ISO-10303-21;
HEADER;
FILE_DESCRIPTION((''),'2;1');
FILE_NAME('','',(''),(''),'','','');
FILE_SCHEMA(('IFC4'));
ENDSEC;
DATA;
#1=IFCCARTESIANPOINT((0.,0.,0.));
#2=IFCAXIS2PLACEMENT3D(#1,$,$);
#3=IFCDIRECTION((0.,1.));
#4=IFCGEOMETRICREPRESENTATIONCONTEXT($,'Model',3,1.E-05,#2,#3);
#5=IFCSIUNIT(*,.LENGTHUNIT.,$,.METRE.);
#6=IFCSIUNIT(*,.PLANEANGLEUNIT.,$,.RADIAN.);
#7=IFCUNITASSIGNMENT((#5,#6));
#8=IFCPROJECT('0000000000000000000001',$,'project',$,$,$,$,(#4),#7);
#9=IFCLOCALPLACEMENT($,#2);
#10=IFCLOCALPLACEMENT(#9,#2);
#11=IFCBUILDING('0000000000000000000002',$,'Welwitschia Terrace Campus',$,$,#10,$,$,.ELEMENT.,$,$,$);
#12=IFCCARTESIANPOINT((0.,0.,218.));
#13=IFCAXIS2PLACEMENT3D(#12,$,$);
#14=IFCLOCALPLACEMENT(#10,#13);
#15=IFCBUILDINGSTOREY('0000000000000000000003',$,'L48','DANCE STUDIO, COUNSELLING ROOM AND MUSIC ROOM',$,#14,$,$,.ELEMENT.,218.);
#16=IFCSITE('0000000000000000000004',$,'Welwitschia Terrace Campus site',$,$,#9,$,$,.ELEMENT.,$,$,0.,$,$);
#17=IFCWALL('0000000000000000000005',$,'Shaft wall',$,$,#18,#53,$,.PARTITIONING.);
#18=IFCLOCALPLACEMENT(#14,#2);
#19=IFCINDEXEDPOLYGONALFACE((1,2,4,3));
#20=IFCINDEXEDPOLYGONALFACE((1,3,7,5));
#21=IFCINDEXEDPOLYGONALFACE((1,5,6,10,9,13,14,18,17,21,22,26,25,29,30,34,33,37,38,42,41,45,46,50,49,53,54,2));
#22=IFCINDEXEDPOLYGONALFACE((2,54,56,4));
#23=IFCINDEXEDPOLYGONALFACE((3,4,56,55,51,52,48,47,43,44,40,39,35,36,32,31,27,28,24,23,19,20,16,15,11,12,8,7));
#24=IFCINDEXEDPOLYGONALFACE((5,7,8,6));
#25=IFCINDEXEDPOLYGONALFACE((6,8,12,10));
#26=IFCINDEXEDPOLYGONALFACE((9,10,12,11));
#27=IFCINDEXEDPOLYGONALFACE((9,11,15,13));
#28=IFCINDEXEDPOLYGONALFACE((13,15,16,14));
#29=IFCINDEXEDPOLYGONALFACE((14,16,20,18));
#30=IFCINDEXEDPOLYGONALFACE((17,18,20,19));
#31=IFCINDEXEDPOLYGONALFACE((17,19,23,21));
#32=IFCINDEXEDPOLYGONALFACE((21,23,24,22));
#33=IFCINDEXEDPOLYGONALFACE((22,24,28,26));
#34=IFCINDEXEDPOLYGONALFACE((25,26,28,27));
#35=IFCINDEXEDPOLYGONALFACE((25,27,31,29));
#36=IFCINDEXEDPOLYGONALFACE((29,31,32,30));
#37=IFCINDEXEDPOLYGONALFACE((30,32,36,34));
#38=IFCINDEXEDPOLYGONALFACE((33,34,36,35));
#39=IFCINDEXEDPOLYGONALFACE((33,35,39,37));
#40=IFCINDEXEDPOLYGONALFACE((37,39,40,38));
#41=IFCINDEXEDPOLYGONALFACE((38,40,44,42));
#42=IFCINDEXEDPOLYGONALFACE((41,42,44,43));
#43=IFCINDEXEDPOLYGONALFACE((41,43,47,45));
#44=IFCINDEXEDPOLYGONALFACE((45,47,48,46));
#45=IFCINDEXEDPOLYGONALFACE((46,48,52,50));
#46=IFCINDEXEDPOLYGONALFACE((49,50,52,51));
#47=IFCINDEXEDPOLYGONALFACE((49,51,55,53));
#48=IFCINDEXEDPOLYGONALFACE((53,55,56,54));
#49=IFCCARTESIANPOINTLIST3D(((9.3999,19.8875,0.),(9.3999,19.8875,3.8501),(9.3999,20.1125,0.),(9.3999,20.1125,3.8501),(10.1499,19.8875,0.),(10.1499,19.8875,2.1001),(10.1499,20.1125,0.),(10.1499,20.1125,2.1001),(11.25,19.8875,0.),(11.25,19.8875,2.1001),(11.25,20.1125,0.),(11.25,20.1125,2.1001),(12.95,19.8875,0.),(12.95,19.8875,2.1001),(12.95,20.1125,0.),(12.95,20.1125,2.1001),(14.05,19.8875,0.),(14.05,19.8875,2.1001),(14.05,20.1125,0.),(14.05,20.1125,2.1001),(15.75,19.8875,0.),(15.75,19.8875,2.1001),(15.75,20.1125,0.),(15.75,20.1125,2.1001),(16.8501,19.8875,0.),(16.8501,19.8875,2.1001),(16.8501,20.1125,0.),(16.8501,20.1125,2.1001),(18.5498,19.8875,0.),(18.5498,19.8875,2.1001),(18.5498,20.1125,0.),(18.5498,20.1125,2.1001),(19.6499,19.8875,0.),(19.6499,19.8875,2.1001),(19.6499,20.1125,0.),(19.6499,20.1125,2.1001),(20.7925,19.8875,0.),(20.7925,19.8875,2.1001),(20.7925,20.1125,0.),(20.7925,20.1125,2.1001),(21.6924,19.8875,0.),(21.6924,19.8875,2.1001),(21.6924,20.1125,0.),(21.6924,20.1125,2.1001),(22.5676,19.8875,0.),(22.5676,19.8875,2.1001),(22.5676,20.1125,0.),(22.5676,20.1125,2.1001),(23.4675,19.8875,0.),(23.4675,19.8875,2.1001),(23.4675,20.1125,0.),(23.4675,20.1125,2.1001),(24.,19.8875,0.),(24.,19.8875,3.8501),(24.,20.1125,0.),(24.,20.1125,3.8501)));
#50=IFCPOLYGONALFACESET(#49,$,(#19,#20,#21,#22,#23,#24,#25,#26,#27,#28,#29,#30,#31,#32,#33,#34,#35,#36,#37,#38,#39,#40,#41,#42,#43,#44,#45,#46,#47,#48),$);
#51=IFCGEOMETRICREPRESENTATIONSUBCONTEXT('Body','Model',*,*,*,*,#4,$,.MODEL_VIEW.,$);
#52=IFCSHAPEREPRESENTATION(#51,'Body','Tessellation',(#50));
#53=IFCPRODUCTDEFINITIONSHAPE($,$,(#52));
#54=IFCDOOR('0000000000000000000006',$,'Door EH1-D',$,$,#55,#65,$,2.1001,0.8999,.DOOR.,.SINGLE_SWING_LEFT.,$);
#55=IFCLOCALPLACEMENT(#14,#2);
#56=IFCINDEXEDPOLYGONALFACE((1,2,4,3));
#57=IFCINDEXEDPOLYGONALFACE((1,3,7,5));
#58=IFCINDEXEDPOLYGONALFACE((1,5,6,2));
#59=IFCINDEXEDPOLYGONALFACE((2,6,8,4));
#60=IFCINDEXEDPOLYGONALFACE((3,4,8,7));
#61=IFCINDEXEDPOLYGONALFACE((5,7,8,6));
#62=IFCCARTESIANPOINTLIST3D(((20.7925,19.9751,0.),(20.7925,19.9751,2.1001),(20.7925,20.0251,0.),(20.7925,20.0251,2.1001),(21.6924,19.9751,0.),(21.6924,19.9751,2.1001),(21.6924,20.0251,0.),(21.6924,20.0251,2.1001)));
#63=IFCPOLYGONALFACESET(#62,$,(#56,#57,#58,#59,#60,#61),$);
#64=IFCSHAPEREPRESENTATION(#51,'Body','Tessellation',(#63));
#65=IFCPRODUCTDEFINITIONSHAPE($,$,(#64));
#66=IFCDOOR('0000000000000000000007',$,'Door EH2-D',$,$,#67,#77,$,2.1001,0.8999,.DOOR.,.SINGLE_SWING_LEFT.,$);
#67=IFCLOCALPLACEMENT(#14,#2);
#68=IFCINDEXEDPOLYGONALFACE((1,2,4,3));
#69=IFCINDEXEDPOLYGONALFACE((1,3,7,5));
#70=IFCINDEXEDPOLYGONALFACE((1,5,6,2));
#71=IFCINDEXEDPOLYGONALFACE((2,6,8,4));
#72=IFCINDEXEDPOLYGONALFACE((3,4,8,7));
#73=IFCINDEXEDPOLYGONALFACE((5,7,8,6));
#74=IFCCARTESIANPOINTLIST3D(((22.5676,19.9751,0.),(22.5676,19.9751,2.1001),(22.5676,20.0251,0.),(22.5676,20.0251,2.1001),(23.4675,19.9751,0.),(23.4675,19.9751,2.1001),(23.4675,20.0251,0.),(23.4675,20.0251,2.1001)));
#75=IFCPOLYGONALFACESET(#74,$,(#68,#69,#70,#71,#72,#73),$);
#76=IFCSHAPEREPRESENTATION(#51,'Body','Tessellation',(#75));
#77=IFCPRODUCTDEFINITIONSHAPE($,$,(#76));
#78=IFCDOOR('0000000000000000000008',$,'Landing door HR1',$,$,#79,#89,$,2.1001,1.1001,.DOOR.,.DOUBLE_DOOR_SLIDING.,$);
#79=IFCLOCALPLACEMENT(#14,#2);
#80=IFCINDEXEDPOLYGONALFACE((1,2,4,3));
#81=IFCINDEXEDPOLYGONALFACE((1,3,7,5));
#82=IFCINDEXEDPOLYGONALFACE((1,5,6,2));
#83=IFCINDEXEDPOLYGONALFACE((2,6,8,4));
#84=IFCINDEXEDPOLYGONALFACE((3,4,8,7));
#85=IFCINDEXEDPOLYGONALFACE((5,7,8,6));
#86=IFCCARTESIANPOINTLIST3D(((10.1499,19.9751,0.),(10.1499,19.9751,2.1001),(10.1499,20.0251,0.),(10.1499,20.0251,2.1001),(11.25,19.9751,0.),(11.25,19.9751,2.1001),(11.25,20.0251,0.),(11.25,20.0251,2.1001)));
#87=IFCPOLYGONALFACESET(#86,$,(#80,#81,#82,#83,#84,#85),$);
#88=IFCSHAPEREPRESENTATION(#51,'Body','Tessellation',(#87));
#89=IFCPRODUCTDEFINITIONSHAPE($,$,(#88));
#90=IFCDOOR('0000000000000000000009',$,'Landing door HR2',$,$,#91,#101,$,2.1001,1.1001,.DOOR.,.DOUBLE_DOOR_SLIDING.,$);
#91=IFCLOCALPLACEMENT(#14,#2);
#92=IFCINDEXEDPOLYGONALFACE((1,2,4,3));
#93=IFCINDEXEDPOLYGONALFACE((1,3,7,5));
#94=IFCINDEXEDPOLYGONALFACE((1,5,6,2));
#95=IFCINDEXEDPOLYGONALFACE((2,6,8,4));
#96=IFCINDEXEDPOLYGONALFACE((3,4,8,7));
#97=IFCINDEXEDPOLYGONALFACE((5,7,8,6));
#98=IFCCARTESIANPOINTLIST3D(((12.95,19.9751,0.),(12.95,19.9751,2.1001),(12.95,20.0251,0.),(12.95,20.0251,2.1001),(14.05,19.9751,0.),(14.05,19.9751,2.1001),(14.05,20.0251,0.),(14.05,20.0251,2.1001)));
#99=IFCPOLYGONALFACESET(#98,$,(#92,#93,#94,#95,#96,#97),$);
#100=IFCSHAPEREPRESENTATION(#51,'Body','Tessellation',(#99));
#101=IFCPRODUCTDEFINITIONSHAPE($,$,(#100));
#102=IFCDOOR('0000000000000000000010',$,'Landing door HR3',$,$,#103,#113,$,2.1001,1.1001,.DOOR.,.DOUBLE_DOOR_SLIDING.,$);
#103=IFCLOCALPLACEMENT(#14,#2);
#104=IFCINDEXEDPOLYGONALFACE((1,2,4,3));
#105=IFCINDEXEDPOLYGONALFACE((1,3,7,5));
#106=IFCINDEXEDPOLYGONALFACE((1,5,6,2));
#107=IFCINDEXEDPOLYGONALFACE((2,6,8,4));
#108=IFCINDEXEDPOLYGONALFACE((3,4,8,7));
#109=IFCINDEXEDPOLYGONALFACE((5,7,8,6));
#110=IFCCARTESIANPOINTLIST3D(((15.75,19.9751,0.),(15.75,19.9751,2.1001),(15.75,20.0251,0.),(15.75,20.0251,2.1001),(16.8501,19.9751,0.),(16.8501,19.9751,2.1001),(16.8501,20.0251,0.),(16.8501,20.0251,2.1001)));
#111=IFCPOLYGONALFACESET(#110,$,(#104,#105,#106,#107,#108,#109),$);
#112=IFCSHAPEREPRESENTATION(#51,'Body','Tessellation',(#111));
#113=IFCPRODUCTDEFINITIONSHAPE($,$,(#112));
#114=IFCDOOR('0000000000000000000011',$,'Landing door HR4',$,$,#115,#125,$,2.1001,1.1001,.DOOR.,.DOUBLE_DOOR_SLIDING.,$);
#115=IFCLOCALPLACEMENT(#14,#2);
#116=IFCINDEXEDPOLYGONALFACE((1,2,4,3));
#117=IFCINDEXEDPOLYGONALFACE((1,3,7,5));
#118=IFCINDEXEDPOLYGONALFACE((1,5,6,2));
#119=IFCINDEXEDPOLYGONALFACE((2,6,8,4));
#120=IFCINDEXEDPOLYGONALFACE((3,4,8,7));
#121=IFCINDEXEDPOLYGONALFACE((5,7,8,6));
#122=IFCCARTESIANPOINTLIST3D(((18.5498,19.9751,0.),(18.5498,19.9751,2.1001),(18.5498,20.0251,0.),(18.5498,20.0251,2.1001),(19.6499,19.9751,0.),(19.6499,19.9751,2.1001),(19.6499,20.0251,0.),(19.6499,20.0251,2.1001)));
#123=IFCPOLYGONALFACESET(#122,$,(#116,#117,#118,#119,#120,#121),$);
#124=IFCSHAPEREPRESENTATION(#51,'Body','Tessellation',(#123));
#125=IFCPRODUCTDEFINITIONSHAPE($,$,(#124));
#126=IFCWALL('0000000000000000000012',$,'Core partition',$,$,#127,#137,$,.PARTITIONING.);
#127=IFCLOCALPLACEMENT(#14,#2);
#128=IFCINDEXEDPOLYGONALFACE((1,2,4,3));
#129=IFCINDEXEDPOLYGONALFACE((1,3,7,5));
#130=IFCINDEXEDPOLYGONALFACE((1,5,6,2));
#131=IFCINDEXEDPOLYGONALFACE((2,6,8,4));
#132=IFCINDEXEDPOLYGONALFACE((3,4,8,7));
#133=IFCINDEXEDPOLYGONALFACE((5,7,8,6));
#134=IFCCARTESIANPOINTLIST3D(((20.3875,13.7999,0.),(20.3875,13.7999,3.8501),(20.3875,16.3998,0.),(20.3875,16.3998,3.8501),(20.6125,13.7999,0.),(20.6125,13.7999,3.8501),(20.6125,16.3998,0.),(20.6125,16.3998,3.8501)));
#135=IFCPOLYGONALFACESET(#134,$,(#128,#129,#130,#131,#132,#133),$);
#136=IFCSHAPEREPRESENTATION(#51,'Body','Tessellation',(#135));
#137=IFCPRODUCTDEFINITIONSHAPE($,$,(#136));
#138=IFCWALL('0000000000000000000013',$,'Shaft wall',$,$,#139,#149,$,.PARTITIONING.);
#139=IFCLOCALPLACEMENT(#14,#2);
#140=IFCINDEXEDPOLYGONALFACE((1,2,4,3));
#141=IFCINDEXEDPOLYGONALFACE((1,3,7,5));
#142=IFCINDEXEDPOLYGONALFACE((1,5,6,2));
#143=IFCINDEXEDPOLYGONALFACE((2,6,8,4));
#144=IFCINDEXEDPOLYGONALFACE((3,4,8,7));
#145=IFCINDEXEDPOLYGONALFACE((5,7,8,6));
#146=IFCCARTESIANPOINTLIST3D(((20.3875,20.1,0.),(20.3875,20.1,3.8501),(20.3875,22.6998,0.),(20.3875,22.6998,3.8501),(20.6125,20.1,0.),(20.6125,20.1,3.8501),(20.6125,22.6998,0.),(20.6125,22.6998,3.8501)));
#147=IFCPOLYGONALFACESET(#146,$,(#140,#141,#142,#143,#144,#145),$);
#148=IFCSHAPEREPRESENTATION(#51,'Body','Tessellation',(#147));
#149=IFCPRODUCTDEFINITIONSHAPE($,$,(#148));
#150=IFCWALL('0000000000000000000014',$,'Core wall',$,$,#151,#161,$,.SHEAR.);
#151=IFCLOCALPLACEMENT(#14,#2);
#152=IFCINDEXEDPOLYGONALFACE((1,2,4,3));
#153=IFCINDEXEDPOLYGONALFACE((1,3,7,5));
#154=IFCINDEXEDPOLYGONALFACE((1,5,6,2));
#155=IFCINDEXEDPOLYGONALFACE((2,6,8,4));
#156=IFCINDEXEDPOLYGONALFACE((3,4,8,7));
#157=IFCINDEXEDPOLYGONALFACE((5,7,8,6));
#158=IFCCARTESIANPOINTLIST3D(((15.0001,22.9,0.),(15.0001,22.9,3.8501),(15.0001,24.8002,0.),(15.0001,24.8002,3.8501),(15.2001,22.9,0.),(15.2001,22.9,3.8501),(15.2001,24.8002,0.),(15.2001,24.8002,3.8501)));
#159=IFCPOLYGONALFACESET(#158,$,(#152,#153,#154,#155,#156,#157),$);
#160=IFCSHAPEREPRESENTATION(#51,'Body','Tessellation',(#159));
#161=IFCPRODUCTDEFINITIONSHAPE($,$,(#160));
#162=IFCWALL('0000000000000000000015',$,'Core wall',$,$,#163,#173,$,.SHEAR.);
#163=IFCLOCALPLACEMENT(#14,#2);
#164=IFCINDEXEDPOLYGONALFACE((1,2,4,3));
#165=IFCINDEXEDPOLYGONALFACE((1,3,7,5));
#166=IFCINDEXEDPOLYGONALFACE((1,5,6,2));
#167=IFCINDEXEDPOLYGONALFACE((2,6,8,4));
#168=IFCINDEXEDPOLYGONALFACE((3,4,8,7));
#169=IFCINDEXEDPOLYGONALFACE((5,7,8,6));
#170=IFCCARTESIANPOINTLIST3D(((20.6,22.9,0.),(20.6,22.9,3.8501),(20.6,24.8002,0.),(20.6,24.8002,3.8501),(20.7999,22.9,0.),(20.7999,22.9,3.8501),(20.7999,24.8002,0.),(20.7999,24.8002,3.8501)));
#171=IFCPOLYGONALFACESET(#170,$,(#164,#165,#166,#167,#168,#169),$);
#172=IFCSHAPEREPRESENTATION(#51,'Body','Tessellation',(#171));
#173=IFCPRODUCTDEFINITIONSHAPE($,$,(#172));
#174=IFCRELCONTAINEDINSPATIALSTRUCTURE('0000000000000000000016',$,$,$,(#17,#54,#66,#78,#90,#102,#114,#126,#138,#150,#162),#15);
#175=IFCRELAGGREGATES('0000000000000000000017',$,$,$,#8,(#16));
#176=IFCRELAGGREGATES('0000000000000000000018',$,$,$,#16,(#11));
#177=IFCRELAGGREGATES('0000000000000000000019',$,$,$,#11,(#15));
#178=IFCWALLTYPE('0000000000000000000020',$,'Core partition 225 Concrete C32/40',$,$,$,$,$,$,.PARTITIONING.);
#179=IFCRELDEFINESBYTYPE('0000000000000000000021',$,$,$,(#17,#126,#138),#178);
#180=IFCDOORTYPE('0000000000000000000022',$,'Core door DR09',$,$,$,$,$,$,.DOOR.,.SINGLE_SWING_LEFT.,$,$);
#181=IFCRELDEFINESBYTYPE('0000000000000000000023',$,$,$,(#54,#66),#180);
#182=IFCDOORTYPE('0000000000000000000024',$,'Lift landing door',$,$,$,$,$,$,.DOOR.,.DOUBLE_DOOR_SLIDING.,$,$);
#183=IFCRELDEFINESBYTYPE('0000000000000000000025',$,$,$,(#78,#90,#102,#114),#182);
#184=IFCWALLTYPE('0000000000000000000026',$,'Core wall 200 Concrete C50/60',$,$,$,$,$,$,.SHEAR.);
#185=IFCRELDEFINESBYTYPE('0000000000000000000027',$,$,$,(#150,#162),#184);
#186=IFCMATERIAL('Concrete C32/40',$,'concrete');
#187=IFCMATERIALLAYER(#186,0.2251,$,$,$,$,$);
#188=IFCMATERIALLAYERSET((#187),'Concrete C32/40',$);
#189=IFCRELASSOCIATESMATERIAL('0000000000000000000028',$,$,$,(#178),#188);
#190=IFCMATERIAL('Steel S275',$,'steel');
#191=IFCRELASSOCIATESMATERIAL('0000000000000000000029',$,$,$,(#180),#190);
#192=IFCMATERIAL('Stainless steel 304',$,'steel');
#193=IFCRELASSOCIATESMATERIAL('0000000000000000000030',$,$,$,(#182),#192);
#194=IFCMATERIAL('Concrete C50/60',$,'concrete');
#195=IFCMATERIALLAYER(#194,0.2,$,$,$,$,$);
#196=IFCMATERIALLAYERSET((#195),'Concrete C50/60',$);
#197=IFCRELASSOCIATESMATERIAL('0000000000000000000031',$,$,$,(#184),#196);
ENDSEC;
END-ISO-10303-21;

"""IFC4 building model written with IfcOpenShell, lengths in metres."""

from ifc_helpers import new_model, si_unit, direction, frame, frame_2d, origin, place, context, subcontext, project, spatial, rectangle, extrude, material, layer, layer_set, type_object, element, fill, save


model = new_model("IFC4")

# Units and contexts
model_context = context("Model", 3, precision=1e-05, world=origin(), true_north=direction((0.0, 1.0)))
body_context = subcontext(model_context, "Body", "Model", "MODEL_VIEW")
ifc_project = project(units=[si_unit("LENGTHUNIT", "METRE"), si_unit("PLANEANGLEUNIT", "RADIAN")], contexts=[model_context])

# Site, building, storey
site_placement = place(None, origin())
site = spatial("IfcSite", under=ifc_project, at=site_placement, Name="Welwitschia Terrace Campus site", CompositionType="ELEMENT", RefElevation=0.0)
building_placement = place(site_placement, origin())
building = spatial("IfcBuilding", under=site, at=building_placement, Name="Welwitschia Terrace Campus", CompositionType="ELEMENT")
storey_placement = place(building_placement, frame((0.0, 0.0, 218.0)))
storey = spatial("IfcBuildingStorey", under=building, at=storey_placement, Name="L48", Description="DANCE STUDIO, COUNSELLING ROOM AND MUSIC ROOM", CompositionType="ELEMENT", Elevation=218.0)

# Wall, openings, doors
ifc_material_1 = material(Name="Concrete C32/40", Category="concrete")
ifc_layer_1 = layer(ifc_material_1, 0.2251)
ifc_layer_set_1 = layer_set([ifc_layer_1], Name="Concrete C32/40")
wall_type_1 = type_object("IfcWallType", Name="Core partition 225 Concrete C32/40", PredefinedType="PARTITIONING", material=ifc_layer_set_1)
wall_1_placement = place(storey_placement, frame((24.0, 20.0, 0.0), z_axis=(0.0, 0.0, 1.0), x_axis=(-1.0, 0.0, 0.0)))
wall_1 = element("IfcWall", 1, at=wall_1_placement, inside=storey, type_object=wall_type_1, Name="Shaft wall", PredefinedType="PARTITIONING", context=body_context, shape_type="SweptSolid", body=[
    extrude(rectangle(XDim=14.6001, YDim=0.2251, at=frame_2d((7.3, 0.0))), origin(), (0.0, 0.0, 1.0), 3.8501),
])
opening_1_placement = place(wall_1_placement, frame((12.75, 0.0, 0.0)))
opening_1 = element("IfcOpeningElement", 2, at=opening_1_placement, cuts=wall_1, PredefinedType="OPENING", context=body_context, shape_type="SweptSolid", body=[
    extrude(rectangle(XDim=1.1001, YDim=2.1001, at=frame_2d((0.55, 1.05))), frame((0.0, 0.1226, 0.0), z_axis=(0.0, -1.0, 0.0), x_axis=(1.0, 0.0, 0.0)), (0.0, 0.0, 1.0), 0.2451),
])
opening_2_placement = place(wall_1_placement, frame((9.95, 0.0, 0.0)))
opening_2 = element("IfcOpeningElement", 3, at=opening_2_placement, cuts=wall_1, PredefinedType="OPENING", context=body_context, shape_type="SweptSolid", body=[
    extrude(rectangle(XDim=1.1001, YDim=2.1001, at=frame_2d((0.55, 1.05))), frame((0.0, 0.1226, 0.0), z_axis=(0.0, -1.0, 0.0), x_axis=(1.0, 0.0, 0.0)), (0.0, 0.0, 1.0), 0.2451),
])
opening_3_placement = place(wall_1_placement, frame((7.1499, 0.0, 0.0)))
opening_3 = element("IfcOpeningElement", 4, at=opening_3_placement, cuts=wall_1, PredefinedType="OPENING", context=body_context, shape_type="SweptSolid", body=[
    extrude(rectangle(XDim=1.1001, YDim=2.1001, at=frame_2d((0.55, 1.05))), frame((0.0, 0.1226, 0.0), z_axis=(0.0, -1.0, 0.0), x_axis=(1.0, 0.0, 0.0)), (0.0, 0.0, 1.0), 0.2451),
])
opening_4_placement = place(wall_1_placement, frame((4.3501, 0.0, 0.0)))
opening_4 = element("IfcOpeningElement", 5, at=opening_4_placement, cuts=wall_1, PredefinedType="OPENING", context=body_context, shape_type="SweptSolid", body=[
    extrude(rectangle(XDim=1.1001, YDim=2.1001, at=frame_2d((0.55, 1.05))), frame((0.0, 0.1226, 0.0), z_axis=(0.0, -1.0, 0.0), x_axis=(1.0, 0.0, 0.0)), (0.0, 0.0, 1.0), 0.2451),
])
opening_5_placement = place(wall_1_placement, frame((2.3076, 0.0, 0.0)))
opening_5 = element("IfcOpeningElement", 6, at=opening_5_placement, cuts=wall_1, PredefinedType="OPENING", context=body_context, shape_type="SweptSolid", body=[
    extrude(rectangle(XDim=0.8999, YDim=2.1001, at=frame_2d((0.45, 1.05))), frame((0.0, 0.1226, 0.0), z_axis=(0.0, -1.0, 0.0), x_axis=(1.0, 0.0, 0.0)), (0.0, 0.0, 1.0), 0.2451),
])
opening_6_placement = place(wall_1_placement, frame((0.5325, 0.0, 0.0)))
opening_6 = element("IfcOpeningElement", 7, at=opening_6_placement, cuts=wall_1, PredefinedType="OPENING", context=body_context, shape_type="SweptSolid", body=[
    extrude(rectangle(XDim=0.8999, YDim=2.1001, at=frame_2d((0.45, 1.05))), frame((0.0, 0.1226, 0.0), z_axis=(0.0, -1.0, 0.0), x_axis=(1.0, 0.0, 0.0)), (0.0, 0.0, 1.0), 0.2451),
])
ifc_material_2 = material(Name="Steel S275", Category="steel")
door_type_1 = type_object("IfcDoorType", Name="Core door DR09", OperationType="SINGLE_SWING_LEFT", PredefinedType="DOOR", material=ifc_material_2)
door_1_placement = place(opening_5_placement, origin())
door_1 = element("IfcDoor", 8, at=door_1_placement, inside=storey, type_object=door_type_1, Name="Door EH1-D", OperationType="SINGLE_SWING_LEFT", OverallHeight=2.1001, OverallWidth=0.8999, PredefinedType="DOOR", context=body_context, shape_type="SweptSolid", body=[
    extrude(rectangle(XDim=0.8999, YDim=2.1001, at=frame_2d((0.45, 1.05))), frame((0.0, 0.0249, 0.0), z_axis=(0.0, -1.0, 0.0), x_axis=(1.0, 0.0, 0.0)), (0.0, 0.0, 1.0), 0.05),
])
fill(opening_5, door_1)
door_2_placement = place(opening_6_placement, origin())
door_2 = element("IfcDoor", 9, at=door_2_placement, inside=storey, type_object=door_type_1, Name="Door EH2-D", OperationType="SINGLE_SWING_LEFT", OverallHeight=2.1001, OverallWidth=0.8999, PredefinedType="DOOR", context=body_context, shape_type="SweptSolid", body=[
    extrude(rectangle(XDim=0.8999, YDim=2.1001, at=frame_2d((0.45, 1.05))), frame((0.0, 0.0249, 0.0), z_axis=(0.0, -1.0, 0.0), x_axis=(1.0, 0.0, 0.0)), (0.0, 0.0, 1.0), 0.05),
])
fill(opening_6, door_2)
ifc_material_3 = material(Name="Stainless steel 304", Category="steel")
door_type_2 = type_object("IfcDoorType", Name="Lift landing door", OperationType="DOUBLE_DOOR_SLIDING", PredefinedType="DOOR", material=ifc_material_3)
door_3_placement = place(opening_1_placement, origin())
door_3 = element("IfcDoor", 10, at=door_3_placement, inside=storey, type_object=door_type_2, Name="Landing door HR1", OperationType="DOUBLE_DOOR_SLIDING", OverallHeight=2.1001, OverallWidth=1.1001, PredefinedType="DOOR", context=body_context, shape_type="SweptSolid", body=[
    extrude(rectangle(XDim=1.1001, YDim=2.1001, at=frame_2d((0.55, 1.05))), frame((0.0, 0.0249, 0.0), z_axis=(0.0, -1.0, 0.0), x_axis=(1.0, 0.0, 0.0)), (0.0, 0.0, 1.0), 0.05),
])
fill(opening_1, door_3)
door_4_placement = place(opening_2_placement, origin())
door_4 = element("IfcDoor", 11, at=door_4_placement, inside=storey, type_object=door_type_2, Name="Landing door HR2", OperationType="DOUBLE_DOOR_SLIDING", OverallHeight=2.1001, OverallWidth=1.1001, PredefinedType="DOOR", context=body_context, shape_type="SweptSolid", body=[
    extrude(rectangle(XDim=1.1001, YDim=2.1001, at=frame_2d((0.55, 1.05))), frame((0.0, 0.0249, 0.0), z_axis=(0.0, -1.0, 0.0), x_axis=(1.0, 0.0, 0.0)), (0.0, 0.0, 1.0), 0.05),
])
fill(opening_2, door_4)
door_5_placement = place(opening_3_placement, origin())
door_5 = element("IfcDoor", 12, at=door_5_placement, inside=storey, type_object=door_type_2, Name="Landing door HR3", OperationType="DOUBLE_DOOR_SLIDING", OverallHeight=2.1001, OverallWidth=1.1001, PredefinedType="DOOR", context=body_context, shape_type="SweptSolid", body=[
    extrude(rectangle(XDim=1.1001, YDim=2.1001, at=frame_2d((0.55, 1.05))), frame((0.0, 0.0249, 0.0), z_axis=(0.0, -1.0, 0.0), x_axis=(1.0, 0.0, 0.0)), (0.0, 0.0, 1.0), 0.05),
])
fill(opening_3, door_5)
door_6_placement = place(opening_4_placement, origin())
door_6 = element("IfcDoor", 13, at=door_6_placement, inside=storey, type_object=door_type_2, Name="Landing door HR4", OperationType="DOUBLE_DOOR_SLIDING", OverallHeight=2.1001, OverallWidth=1.1001, PredefinedType="DOOR", context=body_context, shape_type="SweptSolid", body=[
    extrude(rectangle(XDim=1.1001, YDim=2.1001, at=frame_2d((0.55, 1.05))), frame((0.0, 0.0249, 0.0), z_axis=(0.0, -1.0, 0.0), x_axis=(1.0, 0.0, 0.0)), (0.0, 0.0, 1.0), 0.05),
])
fill(opening_4, door_6)

# Walls
for number, where, z_axis, x_axis, name in (
    (14, (20.5, 13.8, 0.0), (0.0, 0.0, 1.0), (0.0, 1.0, 0.0), "Core partition"),
    (15, (20.5, 20.1001, 0.0), (0.0, 0.0, 1.0), (0.0, 1.0, 0.0), "Shaft wall"),
):
    element("IfcWall", number, at=place(storey_placement, frame(where, z_axis=z_axis, x_axis=x_axis)), inside=storey, type_object=wall_type_1, Name=name, PredefinedType="PARTITIONING", context=body_context, shape_type="SweptSolid", body=[
        extrude(rectangle(XDim=2.5999, YDim=0.2251, at=frame_2d((1.2998, 0.0))), origin(), (0.0, 0.0, 1.0), 3.8501),
    ])
ifc_material_4 = material(Name="Concrete C50/60", Category="concrete")
ifc_layer_2 = layer(ifc_material_4, 0.2)
ifc_layer_set_2 = layer_set([ifc_layer_2], Name="Concrete C50/60")
wall_type_2 = type_object("IfcWallType", Name="Core wall 200 Concrete C50/60", PredefinedType="SHEAR", material=ifc_layer_set_2)
for number, where, z_axis, x_axis, name in (
    (16, (15.1001, 22.8999, 0.0), (0.0, 0.0, 1.0), (0.0, 1.0, 0.0), "Core wall"),
    (17, (20.7, 22.8999, 0.0), (0.0, 0.0, 1.0), (0.0, 1.0, 0.0), "Core wall"),
):
    element("IfcWall", number, at=place(storey_placement, frame(where, z_axis=z_axis, x_axis=x_axis)), inside=storey, type_object=wall_type_2, Name=name, PredefinedType="SHEAR", context=body_context, shape_type="SweptSolid", body=[
        extrude(rectangle(XDim=1.9001, YDim=0.2, at=frame_2d((0.9502, 0.0))), origin(), (0.0, 0.0, 1.0), 3.8501),
    ])

save(model, "model.ifc")
